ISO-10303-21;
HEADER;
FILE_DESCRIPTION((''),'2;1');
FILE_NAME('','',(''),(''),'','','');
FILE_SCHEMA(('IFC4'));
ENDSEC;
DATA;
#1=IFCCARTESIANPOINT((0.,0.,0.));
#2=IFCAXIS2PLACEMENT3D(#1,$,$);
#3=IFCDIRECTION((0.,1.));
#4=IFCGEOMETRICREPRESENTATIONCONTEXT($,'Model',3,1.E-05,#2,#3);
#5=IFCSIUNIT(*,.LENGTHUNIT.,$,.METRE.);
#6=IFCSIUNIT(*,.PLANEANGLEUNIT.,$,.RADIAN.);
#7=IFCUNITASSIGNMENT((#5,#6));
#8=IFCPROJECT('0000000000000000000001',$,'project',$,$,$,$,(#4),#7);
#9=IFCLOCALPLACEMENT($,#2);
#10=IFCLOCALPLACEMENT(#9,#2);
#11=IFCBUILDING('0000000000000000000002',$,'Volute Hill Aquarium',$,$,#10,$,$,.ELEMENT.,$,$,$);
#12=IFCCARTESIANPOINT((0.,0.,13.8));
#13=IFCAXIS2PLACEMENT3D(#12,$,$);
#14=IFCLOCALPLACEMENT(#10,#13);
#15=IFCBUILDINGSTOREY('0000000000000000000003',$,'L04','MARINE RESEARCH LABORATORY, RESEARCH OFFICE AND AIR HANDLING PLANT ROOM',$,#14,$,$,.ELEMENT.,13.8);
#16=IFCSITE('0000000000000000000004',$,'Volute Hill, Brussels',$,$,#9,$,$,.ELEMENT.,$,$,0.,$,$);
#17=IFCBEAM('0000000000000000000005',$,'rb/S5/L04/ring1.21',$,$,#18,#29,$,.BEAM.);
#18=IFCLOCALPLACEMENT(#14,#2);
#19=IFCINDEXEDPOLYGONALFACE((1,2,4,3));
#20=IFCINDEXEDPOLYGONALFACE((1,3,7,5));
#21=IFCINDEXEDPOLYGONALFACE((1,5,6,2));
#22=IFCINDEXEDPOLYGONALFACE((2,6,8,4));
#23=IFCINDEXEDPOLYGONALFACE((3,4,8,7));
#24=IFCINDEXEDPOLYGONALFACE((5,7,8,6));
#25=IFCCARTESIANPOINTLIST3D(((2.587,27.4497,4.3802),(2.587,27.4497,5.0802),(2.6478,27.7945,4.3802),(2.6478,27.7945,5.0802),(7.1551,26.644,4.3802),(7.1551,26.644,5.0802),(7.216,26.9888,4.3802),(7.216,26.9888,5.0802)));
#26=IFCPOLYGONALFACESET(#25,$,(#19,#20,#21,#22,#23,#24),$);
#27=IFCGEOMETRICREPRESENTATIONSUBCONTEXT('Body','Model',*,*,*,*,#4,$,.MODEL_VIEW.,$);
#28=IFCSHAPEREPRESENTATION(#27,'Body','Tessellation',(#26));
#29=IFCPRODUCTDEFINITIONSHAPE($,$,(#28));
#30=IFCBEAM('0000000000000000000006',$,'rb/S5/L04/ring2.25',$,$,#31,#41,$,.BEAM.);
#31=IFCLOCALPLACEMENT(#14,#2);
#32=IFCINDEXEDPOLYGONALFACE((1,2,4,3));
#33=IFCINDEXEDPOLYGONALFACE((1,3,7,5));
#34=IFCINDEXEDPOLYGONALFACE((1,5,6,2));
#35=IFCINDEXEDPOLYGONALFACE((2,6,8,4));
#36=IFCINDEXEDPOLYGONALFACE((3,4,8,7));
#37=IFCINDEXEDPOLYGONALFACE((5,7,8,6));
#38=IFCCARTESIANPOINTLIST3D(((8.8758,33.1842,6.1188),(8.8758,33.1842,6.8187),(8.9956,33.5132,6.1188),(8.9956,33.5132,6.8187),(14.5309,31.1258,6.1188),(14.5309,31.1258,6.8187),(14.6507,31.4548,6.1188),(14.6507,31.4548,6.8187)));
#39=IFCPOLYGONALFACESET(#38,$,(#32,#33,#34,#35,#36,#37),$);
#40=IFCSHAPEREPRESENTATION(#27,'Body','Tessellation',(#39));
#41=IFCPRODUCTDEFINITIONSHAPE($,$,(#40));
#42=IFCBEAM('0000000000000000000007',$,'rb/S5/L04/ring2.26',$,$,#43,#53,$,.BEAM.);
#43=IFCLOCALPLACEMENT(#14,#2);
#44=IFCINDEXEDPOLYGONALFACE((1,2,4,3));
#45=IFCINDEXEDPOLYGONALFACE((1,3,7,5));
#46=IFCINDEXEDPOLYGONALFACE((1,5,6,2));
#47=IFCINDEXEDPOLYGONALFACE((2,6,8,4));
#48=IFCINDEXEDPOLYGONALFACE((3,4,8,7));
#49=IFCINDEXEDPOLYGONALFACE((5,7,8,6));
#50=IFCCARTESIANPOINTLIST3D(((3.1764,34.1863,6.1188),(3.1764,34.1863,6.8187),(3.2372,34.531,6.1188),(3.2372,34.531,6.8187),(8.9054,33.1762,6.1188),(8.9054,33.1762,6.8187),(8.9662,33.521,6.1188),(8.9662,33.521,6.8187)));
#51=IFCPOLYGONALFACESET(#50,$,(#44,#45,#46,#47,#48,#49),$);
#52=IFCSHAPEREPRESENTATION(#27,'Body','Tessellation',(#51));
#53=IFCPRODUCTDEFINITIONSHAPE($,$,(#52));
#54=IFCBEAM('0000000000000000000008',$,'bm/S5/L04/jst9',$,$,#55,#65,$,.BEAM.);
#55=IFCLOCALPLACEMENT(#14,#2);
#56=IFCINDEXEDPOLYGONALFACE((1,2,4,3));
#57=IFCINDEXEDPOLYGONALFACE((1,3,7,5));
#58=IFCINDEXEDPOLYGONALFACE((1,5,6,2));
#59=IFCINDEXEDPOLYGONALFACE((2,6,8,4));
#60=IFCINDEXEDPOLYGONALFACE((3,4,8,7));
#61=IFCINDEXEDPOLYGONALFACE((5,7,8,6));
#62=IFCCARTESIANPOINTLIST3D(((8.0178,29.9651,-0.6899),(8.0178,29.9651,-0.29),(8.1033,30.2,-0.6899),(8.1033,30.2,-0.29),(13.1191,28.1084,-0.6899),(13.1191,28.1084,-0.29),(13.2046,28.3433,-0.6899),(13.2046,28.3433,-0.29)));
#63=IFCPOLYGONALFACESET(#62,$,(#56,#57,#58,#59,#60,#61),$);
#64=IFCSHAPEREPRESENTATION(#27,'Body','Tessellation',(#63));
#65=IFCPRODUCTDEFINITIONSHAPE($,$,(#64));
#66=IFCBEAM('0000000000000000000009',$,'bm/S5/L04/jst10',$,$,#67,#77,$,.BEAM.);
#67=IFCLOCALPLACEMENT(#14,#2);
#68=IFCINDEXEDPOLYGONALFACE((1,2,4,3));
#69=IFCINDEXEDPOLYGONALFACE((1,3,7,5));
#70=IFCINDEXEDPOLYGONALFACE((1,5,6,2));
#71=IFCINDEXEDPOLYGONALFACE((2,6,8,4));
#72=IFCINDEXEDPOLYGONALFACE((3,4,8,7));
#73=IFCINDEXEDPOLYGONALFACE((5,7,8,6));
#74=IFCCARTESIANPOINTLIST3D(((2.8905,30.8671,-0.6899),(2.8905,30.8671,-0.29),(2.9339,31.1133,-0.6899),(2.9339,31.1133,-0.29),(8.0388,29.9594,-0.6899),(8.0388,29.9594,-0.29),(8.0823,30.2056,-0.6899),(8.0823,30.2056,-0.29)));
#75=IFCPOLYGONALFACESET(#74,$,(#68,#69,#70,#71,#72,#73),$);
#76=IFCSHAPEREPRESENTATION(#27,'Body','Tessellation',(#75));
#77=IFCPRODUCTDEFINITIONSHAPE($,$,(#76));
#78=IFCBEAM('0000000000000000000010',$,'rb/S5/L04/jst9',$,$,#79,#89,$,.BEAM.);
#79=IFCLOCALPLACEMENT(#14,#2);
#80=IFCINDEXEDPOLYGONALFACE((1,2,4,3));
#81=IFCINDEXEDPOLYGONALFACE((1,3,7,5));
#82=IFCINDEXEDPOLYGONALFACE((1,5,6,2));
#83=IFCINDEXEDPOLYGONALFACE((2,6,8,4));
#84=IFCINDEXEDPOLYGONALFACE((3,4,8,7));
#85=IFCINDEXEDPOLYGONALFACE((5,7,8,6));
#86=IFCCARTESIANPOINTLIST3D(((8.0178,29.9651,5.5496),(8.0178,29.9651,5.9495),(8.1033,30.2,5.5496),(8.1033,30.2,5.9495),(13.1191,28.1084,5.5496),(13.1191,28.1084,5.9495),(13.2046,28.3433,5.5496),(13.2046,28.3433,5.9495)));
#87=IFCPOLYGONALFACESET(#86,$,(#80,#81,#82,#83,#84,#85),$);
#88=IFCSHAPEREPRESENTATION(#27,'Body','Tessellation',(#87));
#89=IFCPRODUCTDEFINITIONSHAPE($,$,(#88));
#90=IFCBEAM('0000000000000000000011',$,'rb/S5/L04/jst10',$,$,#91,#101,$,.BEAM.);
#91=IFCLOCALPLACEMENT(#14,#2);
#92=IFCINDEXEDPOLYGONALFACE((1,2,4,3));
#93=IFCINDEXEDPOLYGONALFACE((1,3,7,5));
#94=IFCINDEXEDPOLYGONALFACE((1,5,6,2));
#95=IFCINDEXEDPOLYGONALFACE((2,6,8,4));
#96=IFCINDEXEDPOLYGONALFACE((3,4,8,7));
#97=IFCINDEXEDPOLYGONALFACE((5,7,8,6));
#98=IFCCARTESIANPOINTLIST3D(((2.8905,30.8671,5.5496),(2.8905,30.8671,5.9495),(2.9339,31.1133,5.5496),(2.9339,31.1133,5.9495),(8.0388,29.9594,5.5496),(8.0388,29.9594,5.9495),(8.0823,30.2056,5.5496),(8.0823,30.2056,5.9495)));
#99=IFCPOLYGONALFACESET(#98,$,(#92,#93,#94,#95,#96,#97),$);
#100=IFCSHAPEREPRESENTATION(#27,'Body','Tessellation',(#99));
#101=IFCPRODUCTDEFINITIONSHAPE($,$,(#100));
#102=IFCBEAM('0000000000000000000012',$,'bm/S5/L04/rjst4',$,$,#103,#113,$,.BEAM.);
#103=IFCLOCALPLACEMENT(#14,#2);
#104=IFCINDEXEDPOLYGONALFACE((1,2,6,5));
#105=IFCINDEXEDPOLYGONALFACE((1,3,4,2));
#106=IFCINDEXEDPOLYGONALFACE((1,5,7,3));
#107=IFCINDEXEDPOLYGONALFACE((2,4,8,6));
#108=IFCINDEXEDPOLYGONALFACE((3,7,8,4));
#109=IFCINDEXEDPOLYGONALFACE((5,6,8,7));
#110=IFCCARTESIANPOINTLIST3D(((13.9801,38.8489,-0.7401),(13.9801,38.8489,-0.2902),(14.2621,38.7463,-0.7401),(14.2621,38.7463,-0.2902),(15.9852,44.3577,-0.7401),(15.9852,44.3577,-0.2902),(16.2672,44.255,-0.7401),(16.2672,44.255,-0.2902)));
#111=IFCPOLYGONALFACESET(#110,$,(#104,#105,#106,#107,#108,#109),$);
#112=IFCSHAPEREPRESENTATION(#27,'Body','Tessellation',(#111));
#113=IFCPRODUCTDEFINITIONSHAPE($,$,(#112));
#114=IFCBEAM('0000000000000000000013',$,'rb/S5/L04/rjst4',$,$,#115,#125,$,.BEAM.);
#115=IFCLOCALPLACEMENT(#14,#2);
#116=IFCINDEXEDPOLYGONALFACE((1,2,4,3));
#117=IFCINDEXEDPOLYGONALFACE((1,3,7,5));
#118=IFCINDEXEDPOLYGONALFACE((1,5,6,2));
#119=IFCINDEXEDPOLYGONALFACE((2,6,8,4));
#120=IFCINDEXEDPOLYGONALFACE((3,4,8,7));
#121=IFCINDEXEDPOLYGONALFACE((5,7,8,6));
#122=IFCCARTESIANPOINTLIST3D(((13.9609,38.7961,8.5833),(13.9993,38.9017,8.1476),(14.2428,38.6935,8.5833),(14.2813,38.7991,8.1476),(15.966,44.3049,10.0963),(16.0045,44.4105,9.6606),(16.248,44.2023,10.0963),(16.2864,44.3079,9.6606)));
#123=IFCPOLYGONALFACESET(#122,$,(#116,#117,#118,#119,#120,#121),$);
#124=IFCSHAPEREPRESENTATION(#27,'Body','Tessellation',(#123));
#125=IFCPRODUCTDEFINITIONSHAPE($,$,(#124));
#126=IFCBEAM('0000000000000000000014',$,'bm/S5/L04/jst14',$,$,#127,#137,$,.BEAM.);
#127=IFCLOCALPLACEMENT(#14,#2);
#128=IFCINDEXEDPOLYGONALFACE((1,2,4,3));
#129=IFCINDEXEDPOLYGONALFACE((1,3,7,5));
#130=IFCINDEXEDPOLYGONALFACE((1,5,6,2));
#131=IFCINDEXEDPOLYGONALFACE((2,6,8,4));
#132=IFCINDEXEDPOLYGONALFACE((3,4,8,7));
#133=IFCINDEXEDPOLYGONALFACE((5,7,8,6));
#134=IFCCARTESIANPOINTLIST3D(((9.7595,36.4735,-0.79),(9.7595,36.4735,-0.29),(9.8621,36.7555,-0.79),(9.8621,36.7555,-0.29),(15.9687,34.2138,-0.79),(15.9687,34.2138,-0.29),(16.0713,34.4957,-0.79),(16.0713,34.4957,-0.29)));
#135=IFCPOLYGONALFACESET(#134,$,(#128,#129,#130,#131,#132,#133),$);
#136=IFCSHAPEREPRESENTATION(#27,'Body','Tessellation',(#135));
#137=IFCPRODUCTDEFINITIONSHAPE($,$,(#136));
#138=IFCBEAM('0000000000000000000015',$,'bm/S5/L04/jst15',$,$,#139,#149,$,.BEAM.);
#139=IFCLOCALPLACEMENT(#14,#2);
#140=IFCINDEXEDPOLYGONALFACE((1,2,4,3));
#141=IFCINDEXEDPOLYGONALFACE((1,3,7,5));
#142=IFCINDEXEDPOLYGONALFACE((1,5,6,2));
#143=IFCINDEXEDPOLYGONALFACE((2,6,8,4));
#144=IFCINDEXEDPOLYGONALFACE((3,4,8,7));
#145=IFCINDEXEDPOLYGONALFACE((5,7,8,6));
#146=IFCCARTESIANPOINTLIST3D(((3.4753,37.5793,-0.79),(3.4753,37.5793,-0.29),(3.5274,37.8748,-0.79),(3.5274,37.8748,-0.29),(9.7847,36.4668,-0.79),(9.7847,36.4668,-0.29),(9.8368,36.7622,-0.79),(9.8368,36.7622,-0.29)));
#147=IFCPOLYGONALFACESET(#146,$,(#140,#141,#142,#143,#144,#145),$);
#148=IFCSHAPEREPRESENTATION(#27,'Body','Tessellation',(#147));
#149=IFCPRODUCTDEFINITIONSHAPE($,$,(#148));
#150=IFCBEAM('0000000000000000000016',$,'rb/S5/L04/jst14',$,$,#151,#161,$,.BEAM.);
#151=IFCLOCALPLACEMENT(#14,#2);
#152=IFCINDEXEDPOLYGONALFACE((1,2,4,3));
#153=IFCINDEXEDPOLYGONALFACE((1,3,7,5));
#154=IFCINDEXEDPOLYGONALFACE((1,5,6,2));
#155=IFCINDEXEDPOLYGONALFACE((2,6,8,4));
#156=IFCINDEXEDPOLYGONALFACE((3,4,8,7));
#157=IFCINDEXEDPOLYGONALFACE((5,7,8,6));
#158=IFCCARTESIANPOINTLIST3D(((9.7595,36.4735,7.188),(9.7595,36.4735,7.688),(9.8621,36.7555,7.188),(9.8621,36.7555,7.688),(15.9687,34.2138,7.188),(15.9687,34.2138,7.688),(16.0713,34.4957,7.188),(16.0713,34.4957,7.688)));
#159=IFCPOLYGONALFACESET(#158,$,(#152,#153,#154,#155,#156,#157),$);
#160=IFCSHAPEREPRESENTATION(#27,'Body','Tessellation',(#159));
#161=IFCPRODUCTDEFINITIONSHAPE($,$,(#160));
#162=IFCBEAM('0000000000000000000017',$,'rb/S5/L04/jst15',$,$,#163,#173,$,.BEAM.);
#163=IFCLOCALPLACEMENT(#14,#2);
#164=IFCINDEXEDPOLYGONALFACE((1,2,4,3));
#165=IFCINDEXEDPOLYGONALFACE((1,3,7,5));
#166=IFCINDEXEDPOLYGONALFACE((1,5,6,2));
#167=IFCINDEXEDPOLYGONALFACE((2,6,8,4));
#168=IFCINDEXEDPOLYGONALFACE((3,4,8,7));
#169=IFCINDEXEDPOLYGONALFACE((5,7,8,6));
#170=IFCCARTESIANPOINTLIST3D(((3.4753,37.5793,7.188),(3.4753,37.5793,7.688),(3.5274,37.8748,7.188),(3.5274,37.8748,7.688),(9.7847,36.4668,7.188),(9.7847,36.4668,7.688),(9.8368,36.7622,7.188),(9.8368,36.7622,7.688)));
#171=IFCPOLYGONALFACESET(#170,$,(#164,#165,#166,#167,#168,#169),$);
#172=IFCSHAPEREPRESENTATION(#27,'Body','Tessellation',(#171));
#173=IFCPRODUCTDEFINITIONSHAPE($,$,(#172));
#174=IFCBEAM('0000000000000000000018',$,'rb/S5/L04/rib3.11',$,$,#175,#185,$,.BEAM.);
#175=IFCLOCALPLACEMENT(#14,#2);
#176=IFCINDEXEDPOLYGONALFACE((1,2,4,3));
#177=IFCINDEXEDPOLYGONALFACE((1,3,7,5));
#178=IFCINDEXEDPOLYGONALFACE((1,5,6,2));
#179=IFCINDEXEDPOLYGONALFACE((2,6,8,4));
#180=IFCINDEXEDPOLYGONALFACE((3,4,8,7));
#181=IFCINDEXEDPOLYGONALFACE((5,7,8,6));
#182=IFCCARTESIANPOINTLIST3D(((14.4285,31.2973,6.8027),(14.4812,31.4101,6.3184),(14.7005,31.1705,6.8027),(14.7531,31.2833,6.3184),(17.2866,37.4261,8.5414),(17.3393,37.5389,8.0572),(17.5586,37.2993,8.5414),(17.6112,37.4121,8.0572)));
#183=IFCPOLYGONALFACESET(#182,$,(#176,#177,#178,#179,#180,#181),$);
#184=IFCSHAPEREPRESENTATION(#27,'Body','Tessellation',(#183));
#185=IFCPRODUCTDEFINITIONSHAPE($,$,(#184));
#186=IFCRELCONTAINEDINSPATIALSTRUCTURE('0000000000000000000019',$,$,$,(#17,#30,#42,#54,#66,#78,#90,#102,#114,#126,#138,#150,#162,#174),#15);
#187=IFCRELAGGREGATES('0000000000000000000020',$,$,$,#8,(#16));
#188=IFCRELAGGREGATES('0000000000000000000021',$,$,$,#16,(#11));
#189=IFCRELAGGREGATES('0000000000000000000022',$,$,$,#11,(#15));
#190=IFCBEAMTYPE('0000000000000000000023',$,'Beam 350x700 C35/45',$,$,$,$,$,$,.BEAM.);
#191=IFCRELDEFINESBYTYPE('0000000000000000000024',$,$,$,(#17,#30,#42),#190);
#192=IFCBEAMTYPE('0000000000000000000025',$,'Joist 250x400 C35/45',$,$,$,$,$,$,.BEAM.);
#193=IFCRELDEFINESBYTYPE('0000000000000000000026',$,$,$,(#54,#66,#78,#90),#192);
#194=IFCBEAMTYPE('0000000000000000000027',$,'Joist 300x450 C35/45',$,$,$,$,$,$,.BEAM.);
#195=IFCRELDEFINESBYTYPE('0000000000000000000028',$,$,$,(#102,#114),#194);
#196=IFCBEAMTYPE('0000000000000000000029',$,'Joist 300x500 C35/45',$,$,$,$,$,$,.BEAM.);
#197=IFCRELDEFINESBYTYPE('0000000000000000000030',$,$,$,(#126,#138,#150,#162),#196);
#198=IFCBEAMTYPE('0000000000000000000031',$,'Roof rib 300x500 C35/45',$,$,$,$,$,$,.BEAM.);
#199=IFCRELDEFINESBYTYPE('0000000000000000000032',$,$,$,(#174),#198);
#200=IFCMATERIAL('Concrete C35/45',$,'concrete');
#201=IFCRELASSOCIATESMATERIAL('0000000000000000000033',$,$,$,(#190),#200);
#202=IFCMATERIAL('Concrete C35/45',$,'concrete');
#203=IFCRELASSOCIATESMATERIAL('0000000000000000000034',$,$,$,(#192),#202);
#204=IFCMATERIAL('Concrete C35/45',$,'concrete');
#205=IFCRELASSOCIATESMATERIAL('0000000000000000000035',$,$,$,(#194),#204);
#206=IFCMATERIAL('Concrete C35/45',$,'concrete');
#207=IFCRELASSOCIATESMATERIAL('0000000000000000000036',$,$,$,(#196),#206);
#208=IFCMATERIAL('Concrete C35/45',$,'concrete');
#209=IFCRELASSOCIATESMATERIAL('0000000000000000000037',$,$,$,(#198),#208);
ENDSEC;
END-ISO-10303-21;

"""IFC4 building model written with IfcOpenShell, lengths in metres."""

from ifc_helpers import new_model, si_unit, direction, frame, origin, origin_2d, place, context, subcontext, project, spatial, rectangle, extrude, material, material_profile, profile_set, type_object, element, save


model = new_model("IFC4")

# Units and contexts
model_context = context("Model", 3, precision=1e-05, world=origin(), true_north=direction((0.0, 1.0)))
body_context = subcontext(model_context, "Body", "Model", "MODEL_VIEW")
ifc_project = project(units=[si_unit("LENGTHUNIT", "METRE"), si_unit("PLANEANGLEUNIT", "RADIAN")], contexts=[model_context])

# Site, building, storey
site_placement = place(None, origin())
site = spatial("IfcSite", under=ifc_project, at=site_placement, Name="Volute Hill, Brussels", CompositionType="ELEMENT", RefElevation=0.0)
building_placement = place(site_placement, origin())
building = spatial("IfcBuilding", under=site, at=building_placement, Name="Volute Hill Aquarium", CompositionType="ELEMENT")
storey_placement = place(building_placement, frame((0.0, 0.0, 13.8)))
storey = spatial("IfcBuildingStorey", under=building, at=storey_placement, Name="L04", Description="MARINE RESEARCH LABORATORY, RESEARCH OFFICE AND AIR HANDLING PLANT ROOM", CompositionType="ELEMENT", Elevation=13.8)

# Beams
ifc_material_1 = material(Name="Concrete C35/45", Category="concrete")
ifc_material_profile_1 = material_profile(ifc_material_1, rectangle(XDim=0.3501, YDim=0.7, at=origin_2d()), Name="RC beam 350x700")
ifc_profile_set_1 = profile_set([ifc_material_profile_1], Name="Concrete C35/45")
beam_type_1 = type_object("IfcBeamType", Name="Beam 350x700 C35/45", PredefinedType="BEAM", material=ifc_profile_set_1)
beam_1_placement = place(storey_placement, frame((7.1855, 26.8164, 4.7302), z_axis=(-0.984801, 0.173686, 0.0), x_axis=(-0.173686, -0.984801, 0.0)))
element("IfcBeam", 1, at=beam_1_placement, inside=storey, type_object=beam_type_1, Name="rb/S5/L04/ring1.21", PredefinedType="BEAM", context=body_context, shape_type="SweptSolid", body=[
    extrude(rectangle(XDim=0.3501, YDim=0.7, at=origin_2d()), origin(), (0.0, 0.0, 1.0), 4.6387),
])
beam_2_placement = place(storey_placement, frame((14.5908, 31.2903, 6.4688), z_axis=(-0.939688, 0.342033, 0.0), x_axis=(-0.342033, -0.939688, 0.0)))
element("IfcBeam", 2, at=beam_2_placement, inside=storey, type_object=beam_type_1, Name="rb/S5/L04/ring2.25", PredefinedType="BEAM", context=body_context, shape_type="SweptSolid", body=[
    extrude(rectangle(XDim=0.3501, YDim=0.7, at=origin_2d()), origin(), (0.0, 0.0, 1.0), 6.0181),
])
beam_3_placement = place(storey_placement, frame((8.9358, 33.3486, 6.4688), z_axis=(-0.984813, 0.17362, 0.0), x_axis=(-0.17362, -0.984813, 0.0)))
element("IfcBeam", 3, at=beam_3_placement, inside=storey, type_object=beam_type_1, Name="rb/S5/L04/ring2.26", PredefinedType="BEAM", context=body_context, shape_type="SweptSolid", body=[
    extrude(rectangle(XDim=0.3501, YDim=0.7, at=origin_2d()), origin(), (0.0, 0.0, 1.0), 5.8174),
])
ifc_material_2 = material(Name="Concrete C35/45", Category="concrete")
ifc_material_profile_2 = material_profile(ifc_material_2, rectangle(XDim=0.25, YDim=0.3999, at=origin_2d()), Name="RC joist 250x400")
ifc_profile_set_2 = profile_set([ifc_material_profile_2], Name="Concrete C35/45")
beam_type_2 = type_object("IfcBeamType", Name="Joist 250x400 C35/45", PredefinedType="BEAM", material=ifc_profile_set_2)
beam_4_placement = place(storey_placement, frame((13.1619, 28.2258, -0.49), z_axis=(-0.939695, 0.342014, 0.0), x_axis=(-0.342014, -0.939695, 0.0)))
element("IfcBeam", 4, at=beam_4_placement, inside=storey, type_object=beam_type_2, Name="bm/S5/L04/jst9", PredefinedType="BEAM", context=body_context, shape_type="SweptSolid", body=[
    extrude(rectangle(XDim=0.25, YDim=0.3999, at=origin_2d()), origin(), (0.0, 0.0, 1.0), 5.4287),
])
beam_5_placement = place(storey_placement, frame((8.0605, 30.0825, -0.49), z_axis=(-0.984811, 0.173631, 0.0), x_axis=(-0.173631, -0.984811, 0.0)))
element("IfcBeam", 5, at=beam_5_placement, inside=storey, type_object=beam_type_2, Name="bm/S5/L04/jst10", PredefinedType="BEAM", context=body_context, shape_type="SweptSolid", body=[
    extrude(rectangle(XDim=0.25, YDim=0.3999, at=origin_2d()), origin(), (0.0, 0.0, 1.0), 5.2278),
])
beam_6_placement = place(storey_placement, frame((13.1619, 28.2258, 5.7495), z_axis=(-0.939695, 0.342014, 0.0), x_axis=(-0.342014, -0.939695, 0.0)))
element("IfcBeam", 6, at=beam_6_placement, inside=storey, type_object=beam_type_2, Name="rb/S5/L04/jst9", PredefinedType="BEAM", context=body_context, shape_type="SweptSolid", body=[
    extrude(rectangle(XDim=0.25, YDim=0.3999, at=origin_2d()), origin(), (0.0, 0.0, 1.0), 5.4287),
])
beam_7_placement = place(storey_placement, frame((8.0605, 30.0825, 5.7495), z_axis=(-0.984811, 0.173631, 0.0), x_axis=(-0.173631, -0.984811, 0.0)))
element("IfcBeam", 7, at=beam_7_placement, inside=storey, type_object=beam_type_2, Name="rb/S5/L04/jst10", PredefinedType="BEAM", context=body_context, shape_type="SweptSolid", body=[
    extrude(rectangle(XDim=0.25, YDim=0.3999, at=origin_2d()), origin(), (0.0, 0.0, 1.0), 5.2278),
])
ifc_material_3 = material(Name="Concrete C35/45", Category="concrete")
ifc_material_profile_3 = material_profile(ifc_material_3, rectangle(XDim=0.3, YDim=0.45, at=origin_2d()), Name="RC joist 300x450")
ifc_profile_set_3 = profile_set([ifc_material_profile_3], Name="Concrete C35/45")
beam_type_3 = type_object("IfcBeamType", Name="Joist 300x450 C35/45", PredefinedType="BEAM", material=ifc_profile_set_3)
beam_8_placement = place(storey_placement, frame((14.1211, 38.7976, -0.5151), z_axis=(0.342034, 0.939688, 0.0), x_axis=(-0.939688, 0.342034, 0.0)))
element("IfcBeam", 8, at=beam_8_placement, inside=storey, type_object=beam_type_3, Name="bm/S5/L04/rjst4", PredefinedType="BEAM", context=body_context, shape_type="SweptSolid", body=[
    extrude(rectangle(XDim=0.3, YDim=0.45, at=origin_2d()), origin(), (0.0, 0.0, 1.0), 5.8623),
])
beam_9_placement = place(storey_placement, frame((14.1211, 38.7976, 8.3655), z_axis=(0.331183, 0.909875, 0.249889), x_axis=(-0.939688, 0.342034, 0.0)))
element("IfcBeam", 9, at=beam_9_placement, inside=storey, type_object=beam_type_3, Name="rb/S5/L04/rjst4", PredefinedType="BEAM", context=body_context, shape_type="SweptSolid", body=[
    extrude(rectangle(XDim=0.3, YDim=0.45, at=origin_2d()), origin(), (0.0, 0.0, 1.0), 6.0544),
])
ifc_material_4 = material(Name="Concrete C35/45", Category="concrete")
ifc_material_profile_4 = material_profile(ifc_material_4, rectangle(XDim=0.3, YDim=0.5, at=origin_2d()), Name="RC joist 300x500")
ifc_profile_set_4 = profile_set([ifc_material_profile_4], Name="Concrete C35/45")
beam_type_4 = type_object("IfcBeamType", Name="Joist 300x500 C35/45", PredefinedType="BEAM", material=ifc_profile_set_4)
beam_10_placement = place(storey_placement, frame((16.02, 34.3547, -0.54), z_axis=(-0.939703, 0.341992, 0.0), x_axis=(-0.341992, -0.939703, 0.0)))
element("IfcBeam", 10, at=beam_10_placement, inside=storey, type_object=beam_type_4, Name="bm/S5/L04/jst14", PredefinedType="BEAM", context=body_context, shape_type="SweptSolid", body=[
    extrude(rectangle(XDim=0.3, YDim=0.5, at=origin_2d()), origin(), (0.0, 0.0, 1.0), 6.6077),
])
beam_11_placement = place(storey_placement, frame((9.8108, 36.6145, -0.54), z_axis=(-0.984807, 0.173655, 0.0), x_axis=(-0.173655, -0.984807, 0.0)))
element("IfcBeam", 11, at=beam_11_placement, inside=storey, type_object=beam_type_4, Name="bm/S5/L04/jst15", PredefinedType="BEAM", context=body_context, shape_type="SweptSolid", body=[
    extrude(rectangle(XDim=0.3, YDim=0.5, at=origin_2d()), origin(), (0.0, 0.0, 1.0), 6.4067),
])
beam_12_placement = place(storey_placement, frame((16.02, 34.3547, 7.438), z_axis=(-0.939703, 0.341992, 0.0), x_axis=(-0.341992, -0.939703, 0.0)))
element("IfcBeam", 12, at=beam_12_placement, inside=storey, type_object=beam_type_4, Name="rb/S5/L04/jst14", PredefinedType="BEAM", context=body_context, shape_type="SweptSolid", body=[
    extrude(rectangle(XDim=0.3, YDim=0.5, at=origin_2d()), origin(), (0.0, 0.0, 1.0), 6.6077),
])
beam_13_placement = place(storey_placement, frame((9.8108, 36.6145, 7.438), z_axis=(-0.984807, 0.173655, 0.0), x_axis=(-0.173655, -0.984807, 0.0)))
element("IfcBeam", 13, at=beam_13_placement, inside=storey, type_object=beam_type_4, Name="rb/S5/L04/jst15", PredefinedType="BEAM", context=body_context, shape_type="SweptSolid", body=[
    extrude(rectangle(XDim=0.3, YDim=0.5, at=origin_2d()), origin(), (0.0, 0.0, 1.0), 6.4067),
])
ifc_material_5 = material(Name="Concrete C35/45", Category="concrete")
ifc_material_profile_5 = material_profile(ifc_material_5, rectangle(XDim=0.3, YDim=0.5, at=origin_2d()), Name="RC rib 300x500")
ifc_profile_set_5 = profile_set([ifc_material_profile_5], Name="Concrete C35/45")
beam_type_5 = type_object("IfcBeamType", Name="Roof rib 300x500 C35/45", PredefinedType="BEAM", material=ifc_profile_set_5)
for number, where, z_axis, x_axis, name in (
    (14, (14.5908, 31.2903, 6.5605), (0.409329, 0.877747, 0.249017), (-0.906297, 0.422642, 0.0), "rb/S5/L04/rib3.11"),
):
    element("IfcBeam", number, at=place(storey_placement, frame(where, z_axis=z_axis, x_axis=x_axis)), inside=storey, type_object=beam_type_5, Name=name, PredefinedType="BEAM", context=body_context, shape_type="SweptSolid", body=[
        extrude(rectangle(XDim=0.3, YDim=0.5, at=origin_2d()), origin(), (0.0, 0.0, 1.0), 6.9824),
    ])

save(model, "model.ifc")
